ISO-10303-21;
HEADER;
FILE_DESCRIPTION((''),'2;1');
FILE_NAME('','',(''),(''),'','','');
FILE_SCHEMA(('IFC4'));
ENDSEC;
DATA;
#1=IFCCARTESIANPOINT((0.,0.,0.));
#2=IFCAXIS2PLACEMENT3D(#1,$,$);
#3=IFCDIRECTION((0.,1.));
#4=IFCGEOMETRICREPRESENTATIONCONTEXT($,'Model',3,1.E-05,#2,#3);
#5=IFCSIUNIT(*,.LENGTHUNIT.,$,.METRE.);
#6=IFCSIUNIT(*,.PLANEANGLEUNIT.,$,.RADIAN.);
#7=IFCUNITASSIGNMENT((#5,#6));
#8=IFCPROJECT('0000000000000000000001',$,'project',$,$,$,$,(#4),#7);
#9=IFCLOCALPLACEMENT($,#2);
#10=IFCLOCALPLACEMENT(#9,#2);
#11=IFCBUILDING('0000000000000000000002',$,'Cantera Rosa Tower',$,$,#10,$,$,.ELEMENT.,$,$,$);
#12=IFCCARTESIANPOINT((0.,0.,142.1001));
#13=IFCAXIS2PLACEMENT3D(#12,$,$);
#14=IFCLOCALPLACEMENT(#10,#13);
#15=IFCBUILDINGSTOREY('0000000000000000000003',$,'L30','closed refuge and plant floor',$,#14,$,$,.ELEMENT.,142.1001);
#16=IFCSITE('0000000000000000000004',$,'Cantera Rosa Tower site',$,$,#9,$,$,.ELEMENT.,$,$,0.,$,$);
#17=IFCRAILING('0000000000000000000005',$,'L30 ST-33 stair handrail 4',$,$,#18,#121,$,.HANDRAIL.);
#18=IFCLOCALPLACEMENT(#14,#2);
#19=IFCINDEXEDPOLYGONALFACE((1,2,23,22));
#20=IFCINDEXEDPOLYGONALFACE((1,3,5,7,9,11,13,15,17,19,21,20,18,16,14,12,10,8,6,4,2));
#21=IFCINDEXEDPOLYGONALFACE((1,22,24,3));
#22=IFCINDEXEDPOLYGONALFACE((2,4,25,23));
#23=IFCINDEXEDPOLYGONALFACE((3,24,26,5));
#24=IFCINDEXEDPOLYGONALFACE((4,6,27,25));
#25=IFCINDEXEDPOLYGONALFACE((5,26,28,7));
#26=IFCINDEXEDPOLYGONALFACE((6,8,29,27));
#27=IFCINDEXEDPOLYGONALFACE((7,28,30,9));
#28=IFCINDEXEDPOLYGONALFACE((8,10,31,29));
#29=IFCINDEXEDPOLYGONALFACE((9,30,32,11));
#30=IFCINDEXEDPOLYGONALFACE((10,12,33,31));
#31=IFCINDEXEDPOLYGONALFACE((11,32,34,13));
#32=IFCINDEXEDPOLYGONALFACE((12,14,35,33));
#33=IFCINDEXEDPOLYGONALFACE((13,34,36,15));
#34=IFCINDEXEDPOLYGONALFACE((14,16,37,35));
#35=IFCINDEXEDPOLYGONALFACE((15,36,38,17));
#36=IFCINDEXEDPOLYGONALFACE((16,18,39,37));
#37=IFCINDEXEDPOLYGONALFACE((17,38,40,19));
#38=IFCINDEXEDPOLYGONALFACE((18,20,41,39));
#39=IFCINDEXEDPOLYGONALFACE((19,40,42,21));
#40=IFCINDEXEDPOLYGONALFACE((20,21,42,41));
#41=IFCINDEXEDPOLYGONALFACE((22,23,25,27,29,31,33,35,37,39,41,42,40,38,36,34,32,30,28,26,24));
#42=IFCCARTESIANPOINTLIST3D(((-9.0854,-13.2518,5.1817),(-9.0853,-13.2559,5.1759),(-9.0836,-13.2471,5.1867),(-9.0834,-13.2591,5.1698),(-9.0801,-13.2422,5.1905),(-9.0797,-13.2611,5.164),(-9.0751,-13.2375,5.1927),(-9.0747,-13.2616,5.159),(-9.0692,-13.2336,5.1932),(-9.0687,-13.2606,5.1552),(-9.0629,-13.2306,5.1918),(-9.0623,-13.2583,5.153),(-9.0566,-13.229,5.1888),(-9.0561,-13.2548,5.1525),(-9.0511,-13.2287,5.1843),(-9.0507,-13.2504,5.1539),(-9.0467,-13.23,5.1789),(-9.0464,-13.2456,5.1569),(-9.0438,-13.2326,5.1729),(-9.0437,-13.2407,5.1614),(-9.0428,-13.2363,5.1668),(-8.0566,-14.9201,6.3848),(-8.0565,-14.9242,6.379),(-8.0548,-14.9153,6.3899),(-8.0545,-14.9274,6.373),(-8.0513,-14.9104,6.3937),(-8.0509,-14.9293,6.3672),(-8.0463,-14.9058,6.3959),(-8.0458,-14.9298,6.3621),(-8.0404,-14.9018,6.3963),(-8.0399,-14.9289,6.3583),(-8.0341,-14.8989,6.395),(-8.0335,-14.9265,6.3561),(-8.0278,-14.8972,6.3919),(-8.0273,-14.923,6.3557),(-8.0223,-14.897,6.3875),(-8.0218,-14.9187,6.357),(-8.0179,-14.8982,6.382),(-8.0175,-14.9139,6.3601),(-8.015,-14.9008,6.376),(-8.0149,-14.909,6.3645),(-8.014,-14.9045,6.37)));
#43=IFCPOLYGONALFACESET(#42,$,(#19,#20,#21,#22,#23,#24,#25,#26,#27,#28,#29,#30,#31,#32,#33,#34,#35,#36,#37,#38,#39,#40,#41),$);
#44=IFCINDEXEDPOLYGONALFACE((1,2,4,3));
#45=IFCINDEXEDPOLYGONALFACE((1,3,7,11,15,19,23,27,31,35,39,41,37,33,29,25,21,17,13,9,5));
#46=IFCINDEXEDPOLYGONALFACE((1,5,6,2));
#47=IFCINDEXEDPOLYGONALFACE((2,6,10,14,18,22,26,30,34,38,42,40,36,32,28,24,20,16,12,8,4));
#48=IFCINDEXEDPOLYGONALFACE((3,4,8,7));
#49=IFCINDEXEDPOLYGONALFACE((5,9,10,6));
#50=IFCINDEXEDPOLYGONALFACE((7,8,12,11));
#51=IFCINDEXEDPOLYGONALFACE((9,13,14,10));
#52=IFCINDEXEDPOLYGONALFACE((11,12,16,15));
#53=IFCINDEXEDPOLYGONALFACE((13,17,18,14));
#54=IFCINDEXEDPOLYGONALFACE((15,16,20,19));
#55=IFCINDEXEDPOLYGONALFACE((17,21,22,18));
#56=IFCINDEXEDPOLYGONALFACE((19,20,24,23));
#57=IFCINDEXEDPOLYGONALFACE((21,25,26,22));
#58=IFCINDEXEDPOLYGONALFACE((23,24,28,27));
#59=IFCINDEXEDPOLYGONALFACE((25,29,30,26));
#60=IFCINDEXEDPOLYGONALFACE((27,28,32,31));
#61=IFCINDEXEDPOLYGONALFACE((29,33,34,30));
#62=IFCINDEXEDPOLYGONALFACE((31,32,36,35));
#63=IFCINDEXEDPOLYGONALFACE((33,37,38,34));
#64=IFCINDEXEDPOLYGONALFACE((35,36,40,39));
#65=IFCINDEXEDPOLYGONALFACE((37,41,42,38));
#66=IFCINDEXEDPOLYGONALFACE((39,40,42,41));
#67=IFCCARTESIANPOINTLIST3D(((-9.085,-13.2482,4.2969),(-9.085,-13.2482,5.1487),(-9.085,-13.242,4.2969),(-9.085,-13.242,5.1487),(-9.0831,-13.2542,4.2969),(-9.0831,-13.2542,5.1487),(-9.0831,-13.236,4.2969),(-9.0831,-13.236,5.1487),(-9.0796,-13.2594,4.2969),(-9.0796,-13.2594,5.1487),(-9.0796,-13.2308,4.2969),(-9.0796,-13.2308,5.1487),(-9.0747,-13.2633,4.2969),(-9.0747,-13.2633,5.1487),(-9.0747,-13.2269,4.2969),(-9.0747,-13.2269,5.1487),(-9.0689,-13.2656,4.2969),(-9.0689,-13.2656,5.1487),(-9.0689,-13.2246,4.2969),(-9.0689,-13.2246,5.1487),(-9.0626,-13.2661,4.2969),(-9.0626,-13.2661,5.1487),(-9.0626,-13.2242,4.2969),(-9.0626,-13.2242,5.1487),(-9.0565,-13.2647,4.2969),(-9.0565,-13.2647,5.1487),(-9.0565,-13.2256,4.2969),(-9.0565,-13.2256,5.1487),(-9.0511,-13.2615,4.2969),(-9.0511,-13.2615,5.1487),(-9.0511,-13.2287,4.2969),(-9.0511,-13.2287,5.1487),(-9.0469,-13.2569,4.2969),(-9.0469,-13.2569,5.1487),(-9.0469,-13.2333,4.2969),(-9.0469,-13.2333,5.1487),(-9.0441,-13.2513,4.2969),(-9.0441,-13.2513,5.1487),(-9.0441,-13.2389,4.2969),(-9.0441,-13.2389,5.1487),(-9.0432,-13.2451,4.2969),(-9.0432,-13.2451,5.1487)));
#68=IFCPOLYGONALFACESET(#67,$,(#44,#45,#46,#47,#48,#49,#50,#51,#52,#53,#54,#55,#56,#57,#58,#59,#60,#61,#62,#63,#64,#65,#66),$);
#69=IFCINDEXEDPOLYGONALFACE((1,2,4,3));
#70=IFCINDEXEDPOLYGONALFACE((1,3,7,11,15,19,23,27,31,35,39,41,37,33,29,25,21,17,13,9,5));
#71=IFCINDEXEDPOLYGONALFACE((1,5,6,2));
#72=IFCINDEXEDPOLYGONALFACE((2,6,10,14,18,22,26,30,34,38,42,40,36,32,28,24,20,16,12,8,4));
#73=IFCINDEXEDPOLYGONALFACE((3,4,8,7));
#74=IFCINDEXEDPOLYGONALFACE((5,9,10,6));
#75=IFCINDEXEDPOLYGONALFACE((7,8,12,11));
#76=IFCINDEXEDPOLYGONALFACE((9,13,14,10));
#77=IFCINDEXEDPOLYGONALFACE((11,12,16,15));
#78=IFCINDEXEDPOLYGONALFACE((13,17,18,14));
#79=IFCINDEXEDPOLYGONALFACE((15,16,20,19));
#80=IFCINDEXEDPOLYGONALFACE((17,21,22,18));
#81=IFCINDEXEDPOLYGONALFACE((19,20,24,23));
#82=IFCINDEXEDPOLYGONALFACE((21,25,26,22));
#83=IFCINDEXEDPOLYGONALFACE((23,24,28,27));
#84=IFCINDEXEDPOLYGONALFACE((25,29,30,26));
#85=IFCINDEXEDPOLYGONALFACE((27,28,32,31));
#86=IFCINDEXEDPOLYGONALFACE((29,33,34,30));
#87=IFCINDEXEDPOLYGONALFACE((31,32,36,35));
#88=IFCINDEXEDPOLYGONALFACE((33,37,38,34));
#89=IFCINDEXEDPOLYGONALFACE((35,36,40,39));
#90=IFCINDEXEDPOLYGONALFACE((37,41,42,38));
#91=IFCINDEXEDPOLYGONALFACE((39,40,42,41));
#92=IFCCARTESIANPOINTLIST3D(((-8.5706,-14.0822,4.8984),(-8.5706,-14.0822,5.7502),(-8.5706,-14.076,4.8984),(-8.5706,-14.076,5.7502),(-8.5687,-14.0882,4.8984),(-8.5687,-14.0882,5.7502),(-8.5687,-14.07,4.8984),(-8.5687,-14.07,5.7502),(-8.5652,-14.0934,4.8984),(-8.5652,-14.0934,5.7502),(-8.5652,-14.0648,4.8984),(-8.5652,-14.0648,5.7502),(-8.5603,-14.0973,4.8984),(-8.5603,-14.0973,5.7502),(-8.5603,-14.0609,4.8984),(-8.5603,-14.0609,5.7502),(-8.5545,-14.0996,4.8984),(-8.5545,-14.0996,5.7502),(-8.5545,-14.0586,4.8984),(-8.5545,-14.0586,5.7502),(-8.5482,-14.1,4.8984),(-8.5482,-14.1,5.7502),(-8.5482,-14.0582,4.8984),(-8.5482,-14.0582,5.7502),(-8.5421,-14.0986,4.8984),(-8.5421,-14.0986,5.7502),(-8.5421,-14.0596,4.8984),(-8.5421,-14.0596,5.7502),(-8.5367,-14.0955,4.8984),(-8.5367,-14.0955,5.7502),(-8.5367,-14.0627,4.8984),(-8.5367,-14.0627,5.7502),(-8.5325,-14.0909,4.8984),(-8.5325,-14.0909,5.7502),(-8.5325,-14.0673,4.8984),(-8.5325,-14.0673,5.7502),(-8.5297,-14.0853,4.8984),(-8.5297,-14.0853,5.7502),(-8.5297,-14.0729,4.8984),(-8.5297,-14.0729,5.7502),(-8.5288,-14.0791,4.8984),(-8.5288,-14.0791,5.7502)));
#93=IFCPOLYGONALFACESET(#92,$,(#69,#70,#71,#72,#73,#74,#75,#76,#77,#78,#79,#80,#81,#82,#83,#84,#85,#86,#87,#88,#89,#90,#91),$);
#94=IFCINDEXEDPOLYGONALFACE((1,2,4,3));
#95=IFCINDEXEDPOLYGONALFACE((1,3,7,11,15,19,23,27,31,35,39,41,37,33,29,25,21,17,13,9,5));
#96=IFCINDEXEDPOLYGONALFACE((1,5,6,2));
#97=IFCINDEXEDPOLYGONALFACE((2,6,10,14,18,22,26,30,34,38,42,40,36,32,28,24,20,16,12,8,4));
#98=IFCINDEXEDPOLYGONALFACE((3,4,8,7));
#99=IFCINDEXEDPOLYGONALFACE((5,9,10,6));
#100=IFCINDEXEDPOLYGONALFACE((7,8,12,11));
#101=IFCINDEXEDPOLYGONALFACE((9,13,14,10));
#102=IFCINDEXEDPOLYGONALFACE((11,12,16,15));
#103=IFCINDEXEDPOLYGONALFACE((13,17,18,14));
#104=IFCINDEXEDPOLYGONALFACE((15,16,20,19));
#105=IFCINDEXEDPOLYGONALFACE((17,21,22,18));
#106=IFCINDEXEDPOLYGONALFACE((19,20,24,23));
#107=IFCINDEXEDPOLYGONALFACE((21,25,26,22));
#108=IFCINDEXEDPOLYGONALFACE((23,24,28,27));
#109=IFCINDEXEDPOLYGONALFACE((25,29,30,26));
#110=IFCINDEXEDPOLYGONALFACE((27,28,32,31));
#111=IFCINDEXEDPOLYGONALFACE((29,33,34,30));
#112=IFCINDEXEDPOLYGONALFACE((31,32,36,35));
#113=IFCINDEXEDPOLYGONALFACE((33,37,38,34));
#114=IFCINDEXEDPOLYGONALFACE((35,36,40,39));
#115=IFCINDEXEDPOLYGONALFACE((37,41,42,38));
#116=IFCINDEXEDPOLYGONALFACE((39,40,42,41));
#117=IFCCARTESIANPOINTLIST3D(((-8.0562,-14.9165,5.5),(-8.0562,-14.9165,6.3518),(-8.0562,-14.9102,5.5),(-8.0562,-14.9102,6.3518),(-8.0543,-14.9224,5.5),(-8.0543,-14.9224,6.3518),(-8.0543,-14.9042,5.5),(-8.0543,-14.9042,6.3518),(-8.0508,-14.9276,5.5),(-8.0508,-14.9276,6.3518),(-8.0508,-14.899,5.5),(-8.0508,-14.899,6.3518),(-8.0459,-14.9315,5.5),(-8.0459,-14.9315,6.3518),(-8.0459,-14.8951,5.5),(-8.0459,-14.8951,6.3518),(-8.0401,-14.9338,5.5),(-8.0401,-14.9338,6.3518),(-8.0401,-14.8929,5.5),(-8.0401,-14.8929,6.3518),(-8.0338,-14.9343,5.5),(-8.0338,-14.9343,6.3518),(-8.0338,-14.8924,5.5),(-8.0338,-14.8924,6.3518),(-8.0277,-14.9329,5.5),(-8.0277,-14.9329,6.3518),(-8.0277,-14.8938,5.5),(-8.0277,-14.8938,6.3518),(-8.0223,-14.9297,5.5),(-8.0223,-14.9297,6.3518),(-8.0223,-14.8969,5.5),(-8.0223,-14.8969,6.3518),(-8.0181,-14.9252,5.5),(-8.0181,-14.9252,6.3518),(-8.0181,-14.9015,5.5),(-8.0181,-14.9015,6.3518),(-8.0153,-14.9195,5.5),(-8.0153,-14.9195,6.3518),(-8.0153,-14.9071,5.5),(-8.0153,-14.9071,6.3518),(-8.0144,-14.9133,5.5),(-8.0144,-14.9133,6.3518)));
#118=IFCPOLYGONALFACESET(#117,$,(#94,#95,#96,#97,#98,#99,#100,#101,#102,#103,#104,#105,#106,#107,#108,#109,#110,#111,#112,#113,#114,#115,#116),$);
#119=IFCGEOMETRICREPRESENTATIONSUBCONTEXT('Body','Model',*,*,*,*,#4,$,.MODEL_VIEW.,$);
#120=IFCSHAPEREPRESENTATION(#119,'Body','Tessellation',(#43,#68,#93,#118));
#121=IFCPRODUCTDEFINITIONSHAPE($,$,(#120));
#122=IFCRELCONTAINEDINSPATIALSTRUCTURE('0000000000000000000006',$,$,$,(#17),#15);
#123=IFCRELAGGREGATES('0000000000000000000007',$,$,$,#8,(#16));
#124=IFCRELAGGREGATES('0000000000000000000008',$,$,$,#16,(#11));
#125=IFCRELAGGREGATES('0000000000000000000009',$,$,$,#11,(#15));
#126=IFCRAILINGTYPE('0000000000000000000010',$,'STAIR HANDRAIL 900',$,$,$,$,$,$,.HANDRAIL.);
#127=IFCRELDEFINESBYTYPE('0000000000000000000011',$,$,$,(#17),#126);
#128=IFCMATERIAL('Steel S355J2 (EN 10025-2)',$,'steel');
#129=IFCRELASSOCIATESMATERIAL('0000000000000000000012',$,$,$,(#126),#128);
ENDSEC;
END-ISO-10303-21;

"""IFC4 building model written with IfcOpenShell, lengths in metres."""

from ifc_helpers import new_model, si_unit, direction, frame, origin, origin_2d, place, context, subcontext, project, spatial, circle, extrude, material, type_object, element, save


model = new_model("IFC4")

# Units and contexts
model_context = context("Model", 3, precision=1e-05, world=origin(), true_north=direction((0.0, 1.0)))
body_context = subcontext(model_context, "Body", "Model", "MODEL_VIEW")
ifc_project = project(units=[si_unit("LENGTHUNIT", "METRE"), si_unit("PLANEANGLEUNIT", "RADIAN")], contexts=[model_context])

# Site, building, storey
site_placement = place(None, origin())
site = spatial("IfcSite", under=ifc_project, at=site_placement, Name="Cantera Rosa Tower site", CompositionType="ELEMENT", RefElevation=0.0)
building_placement = place(site_placement, origin())
building = spatial("IfcBuilding", under=site, at=building_placement, Name="Cantera Rosa Tower", CompositionType="ELEMENT")
storey_placement = place(building_placement, frame((0.0, 0.0, 142.1001)))
storey = spatial("IfcBuildingStorey", under=building, at=storey_placement, Name="L30", Description="closed refuge and plant floor", CompositionType="ELEMENT", Elevation=142.1001)

# Railing
ifc_material_1 = material(Name="Steel S355J2 (EN 10025-2)", Category="steel")
railing_type_1 = type_object("IfcRailingType", Name="STAIR HANDRAIL 900", PredefinedType="HANDRAIL", material=ifc_material_1)
railing_1_placement = place(storey_placement, frame((-9.0642, -13.2451, 4.2969)))
element("IfcRailing", 1, at=railing_1_placement, inside=storey, type_object=railing_type_1, Name="L30 ST-33 stair handrail 4", PredefinedType="HANDRAIL", context=body_context, shape_type="SweptSolid", body=[
    extrude(circle(Radius=0.0239, at=origin_2d()), frame((0.0, 0.0, 0.876), z_axis=(0.447355, -0.725386, 0.523153), x_axis=(0.851153, 0.524917, 0.0)), (0.0, 0.0, 1.0), 2.2998),
    extrude(circle(Radius=0.021, at=origin_2d()), origin(), (0.0, 0.0, 1.0), 0.8518),
    extrude(circle(Radius=0.021, at=origin_2d()), frame((0.5144, -0.834, 0.6016)), (0.0, 0.0, 1.0), 0.8518),
    extrude(circle(Radius=0.021, at=origin_2d()), frame((1.0288, -1.6682, 1.2031)), (0.0, 0.0, 1.0), 0.8518),
])

save(model, "model.ifc")
